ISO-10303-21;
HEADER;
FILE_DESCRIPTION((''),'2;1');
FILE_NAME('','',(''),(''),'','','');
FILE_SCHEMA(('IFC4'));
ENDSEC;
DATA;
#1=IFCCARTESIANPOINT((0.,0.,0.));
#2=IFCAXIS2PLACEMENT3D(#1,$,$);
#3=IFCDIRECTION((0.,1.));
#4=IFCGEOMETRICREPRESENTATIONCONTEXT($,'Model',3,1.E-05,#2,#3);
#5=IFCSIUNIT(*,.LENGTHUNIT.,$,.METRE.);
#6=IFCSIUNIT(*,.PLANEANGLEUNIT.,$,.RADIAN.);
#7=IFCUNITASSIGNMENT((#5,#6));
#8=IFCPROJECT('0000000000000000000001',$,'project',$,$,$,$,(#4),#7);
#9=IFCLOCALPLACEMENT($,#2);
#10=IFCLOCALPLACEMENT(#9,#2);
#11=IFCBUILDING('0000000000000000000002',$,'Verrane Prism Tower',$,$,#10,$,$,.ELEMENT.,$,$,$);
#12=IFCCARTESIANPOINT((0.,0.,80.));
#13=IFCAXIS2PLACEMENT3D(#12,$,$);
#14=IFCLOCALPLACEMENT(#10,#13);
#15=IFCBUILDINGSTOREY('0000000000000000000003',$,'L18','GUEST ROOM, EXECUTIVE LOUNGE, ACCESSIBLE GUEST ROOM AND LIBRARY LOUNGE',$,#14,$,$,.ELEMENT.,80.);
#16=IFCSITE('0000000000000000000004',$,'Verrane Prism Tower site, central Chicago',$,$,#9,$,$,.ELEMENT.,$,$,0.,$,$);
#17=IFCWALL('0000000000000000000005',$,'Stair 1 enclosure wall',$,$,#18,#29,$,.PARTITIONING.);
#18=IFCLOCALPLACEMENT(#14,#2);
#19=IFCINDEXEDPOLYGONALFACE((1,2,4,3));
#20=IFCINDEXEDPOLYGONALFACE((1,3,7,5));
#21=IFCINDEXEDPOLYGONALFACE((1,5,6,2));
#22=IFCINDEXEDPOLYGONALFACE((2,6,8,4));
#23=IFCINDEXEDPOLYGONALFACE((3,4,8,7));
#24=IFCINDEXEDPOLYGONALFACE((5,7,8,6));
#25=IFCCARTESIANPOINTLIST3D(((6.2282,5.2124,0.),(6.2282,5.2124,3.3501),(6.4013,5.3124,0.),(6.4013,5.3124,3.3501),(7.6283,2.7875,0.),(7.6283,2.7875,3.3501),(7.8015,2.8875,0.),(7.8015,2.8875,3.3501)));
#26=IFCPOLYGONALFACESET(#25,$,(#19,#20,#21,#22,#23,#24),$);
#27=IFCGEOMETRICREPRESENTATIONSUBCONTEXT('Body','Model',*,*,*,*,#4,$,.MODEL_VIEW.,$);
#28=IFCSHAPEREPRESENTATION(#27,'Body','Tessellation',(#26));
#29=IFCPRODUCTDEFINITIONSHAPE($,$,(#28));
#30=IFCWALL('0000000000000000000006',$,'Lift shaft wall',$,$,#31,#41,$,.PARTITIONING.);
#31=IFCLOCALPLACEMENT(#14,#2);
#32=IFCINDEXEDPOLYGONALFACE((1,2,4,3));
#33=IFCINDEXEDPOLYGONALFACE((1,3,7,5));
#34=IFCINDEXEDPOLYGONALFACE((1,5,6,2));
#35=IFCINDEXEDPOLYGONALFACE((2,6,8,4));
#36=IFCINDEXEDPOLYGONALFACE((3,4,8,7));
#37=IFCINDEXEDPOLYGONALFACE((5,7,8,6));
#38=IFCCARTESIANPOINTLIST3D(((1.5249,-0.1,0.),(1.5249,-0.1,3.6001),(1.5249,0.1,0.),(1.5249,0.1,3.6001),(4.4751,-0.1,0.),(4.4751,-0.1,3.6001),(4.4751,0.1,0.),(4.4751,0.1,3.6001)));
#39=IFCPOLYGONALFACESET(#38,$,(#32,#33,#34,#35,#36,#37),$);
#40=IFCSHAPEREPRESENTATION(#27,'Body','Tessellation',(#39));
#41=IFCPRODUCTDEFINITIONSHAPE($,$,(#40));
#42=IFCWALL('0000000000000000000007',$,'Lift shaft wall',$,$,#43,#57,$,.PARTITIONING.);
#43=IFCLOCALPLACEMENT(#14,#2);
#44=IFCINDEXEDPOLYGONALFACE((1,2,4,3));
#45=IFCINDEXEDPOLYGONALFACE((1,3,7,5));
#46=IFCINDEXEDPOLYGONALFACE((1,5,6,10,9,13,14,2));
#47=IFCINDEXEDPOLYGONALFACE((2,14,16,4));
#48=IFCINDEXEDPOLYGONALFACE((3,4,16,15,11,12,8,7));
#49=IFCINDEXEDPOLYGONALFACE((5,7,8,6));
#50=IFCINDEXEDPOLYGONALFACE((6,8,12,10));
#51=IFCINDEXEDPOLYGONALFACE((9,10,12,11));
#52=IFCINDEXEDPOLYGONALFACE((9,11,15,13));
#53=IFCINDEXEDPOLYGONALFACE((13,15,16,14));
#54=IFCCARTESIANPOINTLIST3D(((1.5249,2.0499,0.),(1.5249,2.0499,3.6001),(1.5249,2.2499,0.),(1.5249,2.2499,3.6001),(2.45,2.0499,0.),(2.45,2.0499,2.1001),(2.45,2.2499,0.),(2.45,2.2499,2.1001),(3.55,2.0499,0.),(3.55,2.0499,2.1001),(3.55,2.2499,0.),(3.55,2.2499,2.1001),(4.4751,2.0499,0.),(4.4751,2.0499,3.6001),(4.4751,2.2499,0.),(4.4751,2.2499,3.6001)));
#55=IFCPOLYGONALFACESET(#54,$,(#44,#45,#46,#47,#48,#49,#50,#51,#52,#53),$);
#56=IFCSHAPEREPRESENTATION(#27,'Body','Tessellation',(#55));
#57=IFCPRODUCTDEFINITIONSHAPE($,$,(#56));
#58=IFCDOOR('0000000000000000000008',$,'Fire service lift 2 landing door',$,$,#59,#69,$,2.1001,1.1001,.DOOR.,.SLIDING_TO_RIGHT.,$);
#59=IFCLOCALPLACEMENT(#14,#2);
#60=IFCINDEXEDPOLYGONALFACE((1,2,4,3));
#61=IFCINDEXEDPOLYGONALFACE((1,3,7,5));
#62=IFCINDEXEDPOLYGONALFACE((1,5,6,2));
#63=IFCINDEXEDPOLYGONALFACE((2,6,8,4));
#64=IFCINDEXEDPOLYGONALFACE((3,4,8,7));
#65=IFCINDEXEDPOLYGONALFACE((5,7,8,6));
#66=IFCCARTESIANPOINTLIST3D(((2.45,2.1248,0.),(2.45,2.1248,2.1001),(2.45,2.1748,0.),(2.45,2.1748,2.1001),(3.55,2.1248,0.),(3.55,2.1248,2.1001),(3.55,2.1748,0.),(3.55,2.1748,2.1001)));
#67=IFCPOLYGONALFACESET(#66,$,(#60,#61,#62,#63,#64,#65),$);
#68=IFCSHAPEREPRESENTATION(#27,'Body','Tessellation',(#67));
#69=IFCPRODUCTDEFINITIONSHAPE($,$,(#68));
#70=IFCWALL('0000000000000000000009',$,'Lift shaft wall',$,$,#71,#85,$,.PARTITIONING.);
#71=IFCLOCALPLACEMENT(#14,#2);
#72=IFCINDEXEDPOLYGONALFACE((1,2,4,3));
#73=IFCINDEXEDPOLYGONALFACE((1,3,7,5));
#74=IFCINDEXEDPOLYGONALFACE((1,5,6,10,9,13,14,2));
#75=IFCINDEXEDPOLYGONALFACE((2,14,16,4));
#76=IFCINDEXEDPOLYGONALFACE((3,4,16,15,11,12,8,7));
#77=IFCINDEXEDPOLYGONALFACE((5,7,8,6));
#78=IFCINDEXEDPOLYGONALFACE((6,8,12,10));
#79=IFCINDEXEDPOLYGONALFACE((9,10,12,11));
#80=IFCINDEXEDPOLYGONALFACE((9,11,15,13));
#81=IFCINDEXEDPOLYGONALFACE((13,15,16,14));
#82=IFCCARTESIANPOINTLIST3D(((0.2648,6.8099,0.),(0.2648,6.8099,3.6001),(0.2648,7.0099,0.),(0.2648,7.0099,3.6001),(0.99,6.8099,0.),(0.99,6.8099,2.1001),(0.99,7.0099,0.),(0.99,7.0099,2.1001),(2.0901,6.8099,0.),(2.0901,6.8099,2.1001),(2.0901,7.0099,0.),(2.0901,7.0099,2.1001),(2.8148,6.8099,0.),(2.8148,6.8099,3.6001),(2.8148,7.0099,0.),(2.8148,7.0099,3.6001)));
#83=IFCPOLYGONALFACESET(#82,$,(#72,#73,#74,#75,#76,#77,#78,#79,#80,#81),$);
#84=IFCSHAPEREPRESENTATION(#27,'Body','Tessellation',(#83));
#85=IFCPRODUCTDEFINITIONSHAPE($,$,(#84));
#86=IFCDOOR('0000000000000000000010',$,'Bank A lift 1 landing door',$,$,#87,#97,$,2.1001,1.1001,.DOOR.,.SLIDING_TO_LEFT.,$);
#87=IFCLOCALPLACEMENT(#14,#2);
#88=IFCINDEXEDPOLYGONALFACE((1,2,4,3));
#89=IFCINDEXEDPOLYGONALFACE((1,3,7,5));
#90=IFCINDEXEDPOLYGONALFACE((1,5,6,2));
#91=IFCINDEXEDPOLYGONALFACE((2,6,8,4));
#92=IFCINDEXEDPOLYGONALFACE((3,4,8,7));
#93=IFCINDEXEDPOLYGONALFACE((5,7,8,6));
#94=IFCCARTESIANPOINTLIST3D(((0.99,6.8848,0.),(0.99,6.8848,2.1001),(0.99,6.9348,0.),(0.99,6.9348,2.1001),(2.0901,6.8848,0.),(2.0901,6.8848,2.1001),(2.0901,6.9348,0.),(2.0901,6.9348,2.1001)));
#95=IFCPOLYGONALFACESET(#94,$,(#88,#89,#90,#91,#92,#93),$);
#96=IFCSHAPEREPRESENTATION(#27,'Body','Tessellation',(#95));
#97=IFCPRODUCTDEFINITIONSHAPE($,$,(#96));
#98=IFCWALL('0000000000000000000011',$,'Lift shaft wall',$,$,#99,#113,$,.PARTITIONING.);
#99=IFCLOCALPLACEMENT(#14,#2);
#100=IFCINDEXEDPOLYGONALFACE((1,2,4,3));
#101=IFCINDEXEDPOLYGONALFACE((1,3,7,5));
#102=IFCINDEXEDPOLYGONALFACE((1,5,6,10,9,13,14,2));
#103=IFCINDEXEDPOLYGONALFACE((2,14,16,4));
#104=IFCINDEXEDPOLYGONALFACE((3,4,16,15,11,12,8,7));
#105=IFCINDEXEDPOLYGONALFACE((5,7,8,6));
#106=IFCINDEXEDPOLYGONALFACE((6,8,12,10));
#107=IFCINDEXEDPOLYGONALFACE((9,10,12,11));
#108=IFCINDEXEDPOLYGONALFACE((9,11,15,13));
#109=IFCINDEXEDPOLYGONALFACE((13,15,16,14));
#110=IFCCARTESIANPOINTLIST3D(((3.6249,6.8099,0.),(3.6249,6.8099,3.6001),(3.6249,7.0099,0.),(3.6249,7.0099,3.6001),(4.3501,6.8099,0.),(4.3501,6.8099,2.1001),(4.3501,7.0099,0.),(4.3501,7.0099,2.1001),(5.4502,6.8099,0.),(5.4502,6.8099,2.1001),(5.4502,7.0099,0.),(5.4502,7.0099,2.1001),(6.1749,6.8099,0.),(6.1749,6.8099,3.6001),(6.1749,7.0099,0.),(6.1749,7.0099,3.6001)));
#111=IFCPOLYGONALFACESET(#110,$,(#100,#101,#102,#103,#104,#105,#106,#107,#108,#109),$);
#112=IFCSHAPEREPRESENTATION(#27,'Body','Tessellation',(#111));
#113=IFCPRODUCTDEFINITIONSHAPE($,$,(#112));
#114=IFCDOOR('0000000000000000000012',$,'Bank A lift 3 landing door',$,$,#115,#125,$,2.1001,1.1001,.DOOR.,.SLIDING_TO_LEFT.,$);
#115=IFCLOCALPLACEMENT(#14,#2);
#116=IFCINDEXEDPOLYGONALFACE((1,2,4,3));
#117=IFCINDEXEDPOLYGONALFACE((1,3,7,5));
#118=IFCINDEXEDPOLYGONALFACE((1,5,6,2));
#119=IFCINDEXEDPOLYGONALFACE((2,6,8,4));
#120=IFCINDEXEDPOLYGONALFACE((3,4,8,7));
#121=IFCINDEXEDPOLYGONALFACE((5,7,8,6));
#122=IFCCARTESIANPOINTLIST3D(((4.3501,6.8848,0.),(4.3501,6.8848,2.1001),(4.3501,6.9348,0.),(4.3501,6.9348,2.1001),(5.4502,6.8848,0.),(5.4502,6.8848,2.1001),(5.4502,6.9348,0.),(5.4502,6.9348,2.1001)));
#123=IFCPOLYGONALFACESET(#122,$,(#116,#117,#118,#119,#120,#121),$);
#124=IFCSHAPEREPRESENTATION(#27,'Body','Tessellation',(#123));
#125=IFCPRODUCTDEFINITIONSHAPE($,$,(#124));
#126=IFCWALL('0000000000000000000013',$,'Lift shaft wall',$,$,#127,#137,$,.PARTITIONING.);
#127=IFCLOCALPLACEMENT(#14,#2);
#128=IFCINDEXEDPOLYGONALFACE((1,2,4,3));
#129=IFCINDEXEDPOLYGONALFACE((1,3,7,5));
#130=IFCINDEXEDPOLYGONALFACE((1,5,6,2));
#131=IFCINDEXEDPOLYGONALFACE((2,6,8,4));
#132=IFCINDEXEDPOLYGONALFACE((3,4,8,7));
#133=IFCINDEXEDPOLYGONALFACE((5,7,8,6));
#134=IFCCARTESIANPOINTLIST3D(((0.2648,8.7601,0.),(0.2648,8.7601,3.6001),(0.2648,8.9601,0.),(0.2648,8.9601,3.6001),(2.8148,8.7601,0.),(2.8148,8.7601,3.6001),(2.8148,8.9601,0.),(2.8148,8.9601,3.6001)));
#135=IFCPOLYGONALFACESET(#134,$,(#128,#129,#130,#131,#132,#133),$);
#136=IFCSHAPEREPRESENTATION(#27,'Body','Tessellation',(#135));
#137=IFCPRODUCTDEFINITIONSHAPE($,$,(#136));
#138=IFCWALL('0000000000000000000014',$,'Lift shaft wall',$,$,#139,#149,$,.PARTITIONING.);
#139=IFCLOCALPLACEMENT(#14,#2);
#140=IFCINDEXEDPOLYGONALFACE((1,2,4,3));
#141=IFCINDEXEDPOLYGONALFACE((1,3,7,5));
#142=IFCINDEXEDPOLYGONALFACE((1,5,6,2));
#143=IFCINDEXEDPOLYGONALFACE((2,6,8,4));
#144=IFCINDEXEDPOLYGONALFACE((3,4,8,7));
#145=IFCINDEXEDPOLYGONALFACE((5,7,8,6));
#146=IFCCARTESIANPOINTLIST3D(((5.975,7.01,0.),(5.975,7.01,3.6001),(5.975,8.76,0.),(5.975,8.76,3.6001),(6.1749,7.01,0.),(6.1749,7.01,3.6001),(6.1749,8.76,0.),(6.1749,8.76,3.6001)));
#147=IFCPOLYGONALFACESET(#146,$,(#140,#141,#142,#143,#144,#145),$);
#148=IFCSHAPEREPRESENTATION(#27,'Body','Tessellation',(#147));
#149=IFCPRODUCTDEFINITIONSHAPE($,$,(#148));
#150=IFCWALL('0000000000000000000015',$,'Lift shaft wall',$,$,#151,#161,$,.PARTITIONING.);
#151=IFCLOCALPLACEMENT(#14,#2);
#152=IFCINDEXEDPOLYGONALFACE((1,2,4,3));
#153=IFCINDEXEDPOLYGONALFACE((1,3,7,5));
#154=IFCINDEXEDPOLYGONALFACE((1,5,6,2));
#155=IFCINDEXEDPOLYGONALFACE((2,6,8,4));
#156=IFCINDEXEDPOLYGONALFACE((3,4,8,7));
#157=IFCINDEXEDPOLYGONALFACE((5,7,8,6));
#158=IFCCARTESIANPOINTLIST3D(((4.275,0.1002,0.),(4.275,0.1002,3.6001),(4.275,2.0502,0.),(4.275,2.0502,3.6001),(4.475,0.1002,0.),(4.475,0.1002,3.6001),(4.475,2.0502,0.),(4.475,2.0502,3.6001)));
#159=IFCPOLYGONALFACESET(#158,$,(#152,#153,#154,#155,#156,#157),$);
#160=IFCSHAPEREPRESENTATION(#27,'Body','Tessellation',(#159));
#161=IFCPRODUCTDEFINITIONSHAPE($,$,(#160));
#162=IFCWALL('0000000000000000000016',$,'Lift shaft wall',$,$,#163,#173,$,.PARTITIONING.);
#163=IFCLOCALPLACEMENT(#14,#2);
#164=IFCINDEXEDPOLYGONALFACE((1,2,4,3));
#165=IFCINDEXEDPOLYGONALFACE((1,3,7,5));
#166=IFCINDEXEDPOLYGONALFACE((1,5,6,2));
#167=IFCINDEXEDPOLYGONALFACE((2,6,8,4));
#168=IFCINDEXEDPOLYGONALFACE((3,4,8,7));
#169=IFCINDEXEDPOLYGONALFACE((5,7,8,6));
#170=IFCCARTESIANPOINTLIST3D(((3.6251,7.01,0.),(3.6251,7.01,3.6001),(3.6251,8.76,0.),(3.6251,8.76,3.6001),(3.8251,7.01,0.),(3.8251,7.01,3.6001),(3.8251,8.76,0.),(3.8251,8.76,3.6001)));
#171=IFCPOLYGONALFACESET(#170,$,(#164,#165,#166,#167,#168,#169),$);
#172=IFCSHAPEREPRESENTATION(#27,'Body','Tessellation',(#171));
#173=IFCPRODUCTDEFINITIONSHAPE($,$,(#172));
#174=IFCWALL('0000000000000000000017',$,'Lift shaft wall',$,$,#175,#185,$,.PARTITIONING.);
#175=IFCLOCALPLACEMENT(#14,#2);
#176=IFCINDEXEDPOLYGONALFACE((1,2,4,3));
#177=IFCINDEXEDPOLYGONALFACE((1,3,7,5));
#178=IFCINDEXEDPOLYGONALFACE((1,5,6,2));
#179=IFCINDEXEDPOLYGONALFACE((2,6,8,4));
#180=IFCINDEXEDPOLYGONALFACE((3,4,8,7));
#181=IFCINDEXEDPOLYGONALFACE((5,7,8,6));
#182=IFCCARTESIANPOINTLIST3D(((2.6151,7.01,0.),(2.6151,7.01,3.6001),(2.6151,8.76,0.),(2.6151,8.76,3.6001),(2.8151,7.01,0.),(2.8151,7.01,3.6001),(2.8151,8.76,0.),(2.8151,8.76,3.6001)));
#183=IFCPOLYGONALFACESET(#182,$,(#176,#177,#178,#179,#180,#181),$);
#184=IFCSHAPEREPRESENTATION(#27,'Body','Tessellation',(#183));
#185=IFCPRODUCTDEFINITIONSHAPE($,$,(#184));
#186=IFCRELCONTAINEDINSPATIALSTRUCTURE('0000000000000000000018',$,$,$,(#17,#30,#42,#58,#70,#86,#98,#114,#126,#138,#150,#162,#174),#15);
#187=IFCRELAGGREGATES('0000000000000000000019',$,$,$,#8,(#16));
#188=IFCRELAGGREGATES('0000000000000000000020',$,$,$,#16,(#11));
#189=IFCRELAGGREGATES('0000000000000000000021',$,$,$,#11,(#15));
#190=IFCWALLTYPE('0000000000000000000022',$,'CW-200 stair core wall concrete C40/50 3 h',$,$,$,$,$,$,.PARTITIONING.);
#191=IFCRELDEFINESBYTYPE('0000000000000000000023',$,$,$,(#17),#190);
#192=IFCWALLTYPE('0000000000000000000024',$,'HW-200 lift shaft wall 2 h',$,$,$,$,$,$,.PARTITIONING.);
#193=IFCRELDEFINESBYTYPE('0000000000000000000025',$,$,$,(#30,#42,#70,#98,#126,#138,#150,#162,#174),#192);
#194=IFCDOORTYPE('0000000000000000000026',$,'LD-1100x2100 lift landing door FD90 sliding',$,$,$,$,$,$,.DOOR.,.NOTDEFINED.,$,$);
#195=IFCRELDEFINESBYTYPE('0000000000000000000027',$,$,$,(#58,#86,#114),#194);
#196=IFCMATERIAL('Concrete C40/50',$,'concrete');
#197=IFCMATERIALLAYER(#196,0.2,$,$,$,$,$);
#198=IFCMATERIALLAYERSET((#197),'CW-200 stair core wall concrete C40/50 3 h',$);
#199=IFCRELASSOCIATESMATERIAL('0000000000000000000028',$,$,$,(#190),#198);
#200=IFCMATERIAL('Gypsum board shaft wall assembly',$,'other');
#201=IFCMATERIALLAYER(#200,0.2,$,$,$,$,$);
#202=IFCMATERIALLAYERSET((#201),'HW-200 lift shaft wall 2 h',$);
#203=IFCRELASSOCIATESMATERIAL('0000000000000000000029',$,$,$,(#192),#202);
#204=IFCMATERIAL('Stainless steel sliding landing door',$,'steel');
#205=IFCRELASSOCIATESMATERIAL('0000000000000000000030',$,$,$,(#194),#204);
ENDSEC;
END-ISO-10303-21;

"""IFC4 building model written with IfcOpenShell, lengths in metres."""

from ifc_helpers import new_model, si_unit, direction, frame, frame_2d, origin, place, context, subcontext, project, spatial, rectangle, extrude, material, layer, layer_set, type_object, element, fill, save


model = new_model("IFC4")

# Units and contexts
model_context = context("Model", 3, precision=1e-05, world=origin(), true_north=direction((0.0, 1.0)))
body_context = subcontext(model_context, "Body", "Model", "MODEL_VIEW")
ifc_project = project(units=[si_unit("LENGTHUNIT", "METRE"), si_unit("PLANEANGLEUNIT", "RADIAN")], contexts=[model_context])

# Site, building, storey
site_placement = place(None, origin())
site = spatial("IfcSite", under=ifc_project, at=site_placement, Name="Verrane Prism Tower site, central Chicago", CompositionType="ELEMENT", RefElevation=0.0)
building_placement = place(site_placement, origin())
building = spatial("IfcBuilding", under=site, at=building_placement, Name="Verrane Prism Tower", CompositionType="ELEMENT")
storey_placement = place(building_placement, frame((0.0, 0.0, 80.0)))
storey = spatial("IfcBuildingStorey", under=building, at=storey_placement, Name="L18", Description="GUEST ROOM, EXECUTIVE LOUNGE, ACCESSIBLE GUEST ROOM AND LIBRARY LOUNGE", CompositionType="ELEMENT", Elevation=80.0)

# Walls
ifc_material_1 = material(Name="Concrete C40/50", Category="concrete")
ifc_layer_1 = layer(ifc_material_1, 0.2)
ifc_layer_set_1 = layer_set([ifc_layer_1], Name="CW-200 stair core wall concrete C40/50 3 h")
wall_type_1 = type_object("IfcWallType", Name="CW-200 stair core wall concrete C40/50 3 h", PredefinedType="PARTITIONING", material=ifc_layer_set_1)
wall_1_placement = place(storey_placement, frame((7.7148, 2.8376, 0.0), z_axis=(0.0, 0.0, 1.0), x_axis=(-0.50005, 0.865997, 0.0)))
element("IfcWall", 1, at=wall_1_placement, inside=storey, type_object=wall_type_1, Name="Stair 1 enclosure wall", PredefinedType="PARTITIONING", context=body_context, shape_type="SweptSolid", body=[
    extrude(rectangle(XDim=2.8, YDim=0.2, at=frame_2d((1.3999, 0.0))), origin(), (0.0, 0.0, 1.0), 3.3501),
])
ifc_material_2 = material(Name="Gypsum board shaft wall assembly", Category="other")
ifc_layer_2 = layer(ifc_material_2, 0.2)
ifc_layer_set_2 = layer_set([ifc_layer_2], Name="HW-200 lift shaft wall 2 h")
wall_type_2 = type_object("IfcWallType", Name="HW-200 lift shaft wall 2 h", PredefinedType="PARTITIONING", material=ifc_layer_set_2)
wall_2_placement = place(storey_placement, frame((1.5249, 0.0, 0.0), z_axis=(0.0, 0.0, 1.0), x_axis=(1.0, 0.0, 0.0)))
element("IfcWall", 2, at=wall_2_placement, inside=storey, type_object=wall_type_2, Name="Lift shaft wall", PredefinedType="PARTITIONING", context=body_context, shape_type="SweptSolid", body=[
    extrude(rectangle(XDim=2.9502, YDim=0.2, at=frame_2d((1.4751, 0.0))), origin(), (0.0, 0.0, 1.0), 3.6001),
])

# Walls, openings, doors
wall_3_placement = place(storey_placement, frame((1.5249, 2.1499, 0.0), z_axis=(0.0, 0.0, 1.0), x_axis=(1.0, 0.0, 0.0)))
wall_3 = element("IfcWall", 3, at=wall_3_placement, inside=storey, type_object=wall_type_2, Name="Lift shaft wall", PredefinedType="PARTITIONING", context=body_context, shape_type="SweptSolid", body=[
    extrude(rectangle(XDim=2.9502, YDim=0.2, at=frame_2d((1.4751, 0.0))), origin(), (0.0, 0.0, 1.0), 3.6001),
])
opening_1_placement = place(wall_3_placement, frame((0.925, 0.0, 0.0)))
opening_1 = element("IfcOpeningElement", 4, at=opening_1_placement, cuts=wall_3, PredefinedType="OPENING", context=body_context, shape_type="SweptSolid", body=[
    extrude(rectangle(XDim=1.1001, YDim=2.1001, at=frame_2d((0.55, 1.05))), frame((0.0, 0.1099, 0.0), z_axis=(0.0, -1.0, 0.0), x_axis=(1.0, 0.0, 0.0)), (0.0, 0.0, 1.0), 0.22),
])
ifc_material_3 = material(Name="Stainless steel sliding landing door", Category="steel")
door_type_1 = type_object("IfcDoorType", Name="LD-1100x2100 lift landing door FD90 sliding", OperationType="NOTDEFINED", PredefinedType="DOOR", material=ifc_material_3)
door_1_placement = place(opening_1_placement, origin())
door_1 = element("IfcDoor", 5, at=door_1_placement, inside=storey, type_object=door_type_1, Name="Fire service lift 2 landing door", OperationType="SLIDING_TO_RIGHT", OverallHeight=2.1001, OverallWidth=1.1001, PredefinedType="DOOR", context=body_context, shape_type="SweptSolid", body=[
    extrude(rectangle(XDim=1.1001, YDim=2.1001, at=frame_2d((0.55, 1.05))), frame((0.0, 0.0249, 0.0), z_axis=(0.0, -1.0, 0.0), x_axis=(1.0, 0.0, 0.0)), (0.0, 0.0, 1.0), 0.05),
])
fill(opening_1, door_1)
wall_4_placement = place(storey_placement, frame((0.2649, 6.9099, 0.0), z_axis=(0.0, 0.0, 1.0), x_axis=(1.0, 0.0, 0.0)))
wall_4 = element("IfcWall", 6, at=wall_4_placement, inside=storey, type_object=wall_type_2, Name="Lift shaft wall", PredefinedType="PARTITIONING", context=body_context, shape_type="SweptSolid", body=[
    extrude(rectangle(XDim=2.55, YDim=0.2, at=frame_2d((1.2749, 0.0))), origin(), (0.0, 0.0, 1.0), 3.6001),
])
opening_2_placement = place(wall_4_placement, frame((0.7251, 0.0, 0.0)))
opening_2 = element("IfcOpeningElement", 7, at=opening_2_placement, cuts=wall_4, PredefinedType="OPENING", context=body_context, shape_type="SweptSolid", body=[
    extrude(rectangle(XDim=1.1001, YDim=2.1001, at=frame_2d((0.55, 1.05))), frame((0.0, 0.1099, 0.0), z_axis=(0.0, -1.0, 0.0), x_axis=(1.0, 0.0, 0.0)), (0.0, 0.0, 1.0), 0.22),
])
door_2_placement = place(opening_2_placement, origin())
door_2 = element("IfcDoor", 8, at=door_2_placement, inside=storey, type_object=door_type_1, Name="Bank A lift 1 landing door", OperationType="SLIDING_TO_LEFT", OverallHeight=2.1001, OverallWidth=1.1001, PredefinedType="DOOR", context=body_context, shape_type="SweptSolid", body=[
    extrude(rectangle(XDim=1.1001, YDim=2.1001, at=frame_2d((0.55, 1.05))), frame((0.0, 0.0249, 0.0), z_axis=(0.0, -1.0, 0.0), x_axis=(1.0, 0.0, 0.0)), (0.0, 0.0, 1.0), 0.05),
])
fill(opening_2, door_2)
wall_5_placement = place(storey_placement, frame((3.625, 6.9099, 0.0), z_axis=(0.0, 0.0, 1.0), x_axis=(1.0, 0.0, 0.0)))
wall_5 = element("IfcWall", 9, at=wall_5_placement, inside=storey, type_object=wall_type_2, Name="Lift shaft wall", PredefinedType="PARTITIONING", context=body_context, shape_type="SweptSolid", body=[
    extrude(rectangle(XDim=2.55, YDim=0.2, at=frame_2d((1.2749, 0.0))), origin(), (0.0, 0.0, 1.0), 3.6001),
])
opening_3_placement = place(wall_5_placement, frame((0.7251, 0.0, 0.0)))
opening_3 = element("IfcOpeningElement", 10, at=opening_3_placement, cuts=wall_5, PredefinedType="OPENING", context=body_context, shape_type="SweptSolid", body=[
    extrude(rectangle(XDim=1.1001, YDim=2.1001, at=frame_2d((0.55, 1.05))), frame((0.0, 0.1099, 0.0), z_axis=(0.0, -1.0, 0.0), x_axis=(1.0, 0.0, 0.0)), (0.0, 0.0, 1.0), 0.22),
])
door_3_placement = place(opening_3_placement, origin())
door_3 = element("IfcDoor", 11, at=door_3_placement, inside=storey, type_object=door_type_1, Name="Bank A lift 3 landing door", OperationType="SLIDING_TO_LEFT", OverallHeight=2.1001, OverallWidth=1.1001, PredefinedType="DOOR", context=body_context, shape_type="SweptSolid", body=[
    extrude(rectangle(XDim=1.1001, YDim=2.1001, at=frame_2d((0.55, 1.05))), frame((0.0, 0.0249, 0.0), z_axis=(0.0, -1.0, 0.0), x_axis=(1.0, 0.0, 0.0)), (0.0, 0.0, 1.0), 0.05),
])
fill(opening_3, door_3)

# Walls
wall_6_placement = place(storey_placement, frame((0.2649, 8.8601, 0.0), z_axis=(0.0, 0.0, 1.0), x_axis=(1.0, 0.0, 0.0)))
element("IfcWall", 12, at=wall_6_placement, inside=storey, type_object=wall_type_2, Name="Lift shaft wall", PredefinedType="PARTITIONING", context=body_context, shape_type="SweptSolid", body=[
    extrude(rectangle(XDim=2.55, YDim=0.2, at=frame_2d((1.2749, 0.0))), origin(), (0.0, 0.0, 1.0), 3.6001),
])
wall_7_placement = place(storey_placement, frame((6.075, 7.01, 0.0), z_axis=(0.0, 0.0, 1.0), x_axis=(0.0, 1.0, 0.0)))
element("IfcWall", 13, at=wall_7_placement, inside=storey, type_object=wall_type_2, Name="Lift shaft wall", PredefinedType="PARTITIONING", context=body_context, shape_type="SweptSolid", body=[
    extrude(rectangle(XDim=1.75, YDim=0.2, at=frame_2d((0.875, 0.0))), origin(), (0.0, 0.0, 1.0), 3.6001),
])
wall_8_placement = place(storey_placement, frame((4.375, 0.1001, 0.0), z_axis=(0.0, 0.0, 1.0), x_axis=(0.0, 1.0, 0.0)))
element("IfcWall", 14, at=wall_8_placement, inside=storey, type_object=wall_type_2, Name="Lift shaft wall", PredefinedType="PARTITIONING", context=body_context, shape_type="SweptSolid", body=[
    extrude(rectangle(XDim=1.95, YDim=0.2, at=frame_2d((0.9751, 0.0))), origin(), (0.0, 0.0, 1.0), 3.6001),
])
for number, where, z_axis, x_axis, name in (
    (15, (3.7251, 7.01, 0.0), (0.0, 0.0, 1.0), (0.0, 1.0, 0.0), "Lift shaft wall"),
    (16, (2.7151, 7.01, 0.0), (0.0, 0.0, 1.0), (0.0, 1.0, 0.0), "Lift shaft wall"),
):
    element("IfcWall", number, at=place(storey_placement, frame(where, z_axis=z_axis, x_axis=x_axis)), inside=storey, type_object=wall_type_2, Name=name, PredefinedType="PARTITIONING", context=body_context, shape_type="SweptSolid", body=[
        extrude(rectangle(XDim=1.75, YDim=0.2, at=frame_2d((0.875, 0.0))), origin(), (0.0, 0.0, 1.0), 3.6001),
    ])

save(model, "model.ifc")
